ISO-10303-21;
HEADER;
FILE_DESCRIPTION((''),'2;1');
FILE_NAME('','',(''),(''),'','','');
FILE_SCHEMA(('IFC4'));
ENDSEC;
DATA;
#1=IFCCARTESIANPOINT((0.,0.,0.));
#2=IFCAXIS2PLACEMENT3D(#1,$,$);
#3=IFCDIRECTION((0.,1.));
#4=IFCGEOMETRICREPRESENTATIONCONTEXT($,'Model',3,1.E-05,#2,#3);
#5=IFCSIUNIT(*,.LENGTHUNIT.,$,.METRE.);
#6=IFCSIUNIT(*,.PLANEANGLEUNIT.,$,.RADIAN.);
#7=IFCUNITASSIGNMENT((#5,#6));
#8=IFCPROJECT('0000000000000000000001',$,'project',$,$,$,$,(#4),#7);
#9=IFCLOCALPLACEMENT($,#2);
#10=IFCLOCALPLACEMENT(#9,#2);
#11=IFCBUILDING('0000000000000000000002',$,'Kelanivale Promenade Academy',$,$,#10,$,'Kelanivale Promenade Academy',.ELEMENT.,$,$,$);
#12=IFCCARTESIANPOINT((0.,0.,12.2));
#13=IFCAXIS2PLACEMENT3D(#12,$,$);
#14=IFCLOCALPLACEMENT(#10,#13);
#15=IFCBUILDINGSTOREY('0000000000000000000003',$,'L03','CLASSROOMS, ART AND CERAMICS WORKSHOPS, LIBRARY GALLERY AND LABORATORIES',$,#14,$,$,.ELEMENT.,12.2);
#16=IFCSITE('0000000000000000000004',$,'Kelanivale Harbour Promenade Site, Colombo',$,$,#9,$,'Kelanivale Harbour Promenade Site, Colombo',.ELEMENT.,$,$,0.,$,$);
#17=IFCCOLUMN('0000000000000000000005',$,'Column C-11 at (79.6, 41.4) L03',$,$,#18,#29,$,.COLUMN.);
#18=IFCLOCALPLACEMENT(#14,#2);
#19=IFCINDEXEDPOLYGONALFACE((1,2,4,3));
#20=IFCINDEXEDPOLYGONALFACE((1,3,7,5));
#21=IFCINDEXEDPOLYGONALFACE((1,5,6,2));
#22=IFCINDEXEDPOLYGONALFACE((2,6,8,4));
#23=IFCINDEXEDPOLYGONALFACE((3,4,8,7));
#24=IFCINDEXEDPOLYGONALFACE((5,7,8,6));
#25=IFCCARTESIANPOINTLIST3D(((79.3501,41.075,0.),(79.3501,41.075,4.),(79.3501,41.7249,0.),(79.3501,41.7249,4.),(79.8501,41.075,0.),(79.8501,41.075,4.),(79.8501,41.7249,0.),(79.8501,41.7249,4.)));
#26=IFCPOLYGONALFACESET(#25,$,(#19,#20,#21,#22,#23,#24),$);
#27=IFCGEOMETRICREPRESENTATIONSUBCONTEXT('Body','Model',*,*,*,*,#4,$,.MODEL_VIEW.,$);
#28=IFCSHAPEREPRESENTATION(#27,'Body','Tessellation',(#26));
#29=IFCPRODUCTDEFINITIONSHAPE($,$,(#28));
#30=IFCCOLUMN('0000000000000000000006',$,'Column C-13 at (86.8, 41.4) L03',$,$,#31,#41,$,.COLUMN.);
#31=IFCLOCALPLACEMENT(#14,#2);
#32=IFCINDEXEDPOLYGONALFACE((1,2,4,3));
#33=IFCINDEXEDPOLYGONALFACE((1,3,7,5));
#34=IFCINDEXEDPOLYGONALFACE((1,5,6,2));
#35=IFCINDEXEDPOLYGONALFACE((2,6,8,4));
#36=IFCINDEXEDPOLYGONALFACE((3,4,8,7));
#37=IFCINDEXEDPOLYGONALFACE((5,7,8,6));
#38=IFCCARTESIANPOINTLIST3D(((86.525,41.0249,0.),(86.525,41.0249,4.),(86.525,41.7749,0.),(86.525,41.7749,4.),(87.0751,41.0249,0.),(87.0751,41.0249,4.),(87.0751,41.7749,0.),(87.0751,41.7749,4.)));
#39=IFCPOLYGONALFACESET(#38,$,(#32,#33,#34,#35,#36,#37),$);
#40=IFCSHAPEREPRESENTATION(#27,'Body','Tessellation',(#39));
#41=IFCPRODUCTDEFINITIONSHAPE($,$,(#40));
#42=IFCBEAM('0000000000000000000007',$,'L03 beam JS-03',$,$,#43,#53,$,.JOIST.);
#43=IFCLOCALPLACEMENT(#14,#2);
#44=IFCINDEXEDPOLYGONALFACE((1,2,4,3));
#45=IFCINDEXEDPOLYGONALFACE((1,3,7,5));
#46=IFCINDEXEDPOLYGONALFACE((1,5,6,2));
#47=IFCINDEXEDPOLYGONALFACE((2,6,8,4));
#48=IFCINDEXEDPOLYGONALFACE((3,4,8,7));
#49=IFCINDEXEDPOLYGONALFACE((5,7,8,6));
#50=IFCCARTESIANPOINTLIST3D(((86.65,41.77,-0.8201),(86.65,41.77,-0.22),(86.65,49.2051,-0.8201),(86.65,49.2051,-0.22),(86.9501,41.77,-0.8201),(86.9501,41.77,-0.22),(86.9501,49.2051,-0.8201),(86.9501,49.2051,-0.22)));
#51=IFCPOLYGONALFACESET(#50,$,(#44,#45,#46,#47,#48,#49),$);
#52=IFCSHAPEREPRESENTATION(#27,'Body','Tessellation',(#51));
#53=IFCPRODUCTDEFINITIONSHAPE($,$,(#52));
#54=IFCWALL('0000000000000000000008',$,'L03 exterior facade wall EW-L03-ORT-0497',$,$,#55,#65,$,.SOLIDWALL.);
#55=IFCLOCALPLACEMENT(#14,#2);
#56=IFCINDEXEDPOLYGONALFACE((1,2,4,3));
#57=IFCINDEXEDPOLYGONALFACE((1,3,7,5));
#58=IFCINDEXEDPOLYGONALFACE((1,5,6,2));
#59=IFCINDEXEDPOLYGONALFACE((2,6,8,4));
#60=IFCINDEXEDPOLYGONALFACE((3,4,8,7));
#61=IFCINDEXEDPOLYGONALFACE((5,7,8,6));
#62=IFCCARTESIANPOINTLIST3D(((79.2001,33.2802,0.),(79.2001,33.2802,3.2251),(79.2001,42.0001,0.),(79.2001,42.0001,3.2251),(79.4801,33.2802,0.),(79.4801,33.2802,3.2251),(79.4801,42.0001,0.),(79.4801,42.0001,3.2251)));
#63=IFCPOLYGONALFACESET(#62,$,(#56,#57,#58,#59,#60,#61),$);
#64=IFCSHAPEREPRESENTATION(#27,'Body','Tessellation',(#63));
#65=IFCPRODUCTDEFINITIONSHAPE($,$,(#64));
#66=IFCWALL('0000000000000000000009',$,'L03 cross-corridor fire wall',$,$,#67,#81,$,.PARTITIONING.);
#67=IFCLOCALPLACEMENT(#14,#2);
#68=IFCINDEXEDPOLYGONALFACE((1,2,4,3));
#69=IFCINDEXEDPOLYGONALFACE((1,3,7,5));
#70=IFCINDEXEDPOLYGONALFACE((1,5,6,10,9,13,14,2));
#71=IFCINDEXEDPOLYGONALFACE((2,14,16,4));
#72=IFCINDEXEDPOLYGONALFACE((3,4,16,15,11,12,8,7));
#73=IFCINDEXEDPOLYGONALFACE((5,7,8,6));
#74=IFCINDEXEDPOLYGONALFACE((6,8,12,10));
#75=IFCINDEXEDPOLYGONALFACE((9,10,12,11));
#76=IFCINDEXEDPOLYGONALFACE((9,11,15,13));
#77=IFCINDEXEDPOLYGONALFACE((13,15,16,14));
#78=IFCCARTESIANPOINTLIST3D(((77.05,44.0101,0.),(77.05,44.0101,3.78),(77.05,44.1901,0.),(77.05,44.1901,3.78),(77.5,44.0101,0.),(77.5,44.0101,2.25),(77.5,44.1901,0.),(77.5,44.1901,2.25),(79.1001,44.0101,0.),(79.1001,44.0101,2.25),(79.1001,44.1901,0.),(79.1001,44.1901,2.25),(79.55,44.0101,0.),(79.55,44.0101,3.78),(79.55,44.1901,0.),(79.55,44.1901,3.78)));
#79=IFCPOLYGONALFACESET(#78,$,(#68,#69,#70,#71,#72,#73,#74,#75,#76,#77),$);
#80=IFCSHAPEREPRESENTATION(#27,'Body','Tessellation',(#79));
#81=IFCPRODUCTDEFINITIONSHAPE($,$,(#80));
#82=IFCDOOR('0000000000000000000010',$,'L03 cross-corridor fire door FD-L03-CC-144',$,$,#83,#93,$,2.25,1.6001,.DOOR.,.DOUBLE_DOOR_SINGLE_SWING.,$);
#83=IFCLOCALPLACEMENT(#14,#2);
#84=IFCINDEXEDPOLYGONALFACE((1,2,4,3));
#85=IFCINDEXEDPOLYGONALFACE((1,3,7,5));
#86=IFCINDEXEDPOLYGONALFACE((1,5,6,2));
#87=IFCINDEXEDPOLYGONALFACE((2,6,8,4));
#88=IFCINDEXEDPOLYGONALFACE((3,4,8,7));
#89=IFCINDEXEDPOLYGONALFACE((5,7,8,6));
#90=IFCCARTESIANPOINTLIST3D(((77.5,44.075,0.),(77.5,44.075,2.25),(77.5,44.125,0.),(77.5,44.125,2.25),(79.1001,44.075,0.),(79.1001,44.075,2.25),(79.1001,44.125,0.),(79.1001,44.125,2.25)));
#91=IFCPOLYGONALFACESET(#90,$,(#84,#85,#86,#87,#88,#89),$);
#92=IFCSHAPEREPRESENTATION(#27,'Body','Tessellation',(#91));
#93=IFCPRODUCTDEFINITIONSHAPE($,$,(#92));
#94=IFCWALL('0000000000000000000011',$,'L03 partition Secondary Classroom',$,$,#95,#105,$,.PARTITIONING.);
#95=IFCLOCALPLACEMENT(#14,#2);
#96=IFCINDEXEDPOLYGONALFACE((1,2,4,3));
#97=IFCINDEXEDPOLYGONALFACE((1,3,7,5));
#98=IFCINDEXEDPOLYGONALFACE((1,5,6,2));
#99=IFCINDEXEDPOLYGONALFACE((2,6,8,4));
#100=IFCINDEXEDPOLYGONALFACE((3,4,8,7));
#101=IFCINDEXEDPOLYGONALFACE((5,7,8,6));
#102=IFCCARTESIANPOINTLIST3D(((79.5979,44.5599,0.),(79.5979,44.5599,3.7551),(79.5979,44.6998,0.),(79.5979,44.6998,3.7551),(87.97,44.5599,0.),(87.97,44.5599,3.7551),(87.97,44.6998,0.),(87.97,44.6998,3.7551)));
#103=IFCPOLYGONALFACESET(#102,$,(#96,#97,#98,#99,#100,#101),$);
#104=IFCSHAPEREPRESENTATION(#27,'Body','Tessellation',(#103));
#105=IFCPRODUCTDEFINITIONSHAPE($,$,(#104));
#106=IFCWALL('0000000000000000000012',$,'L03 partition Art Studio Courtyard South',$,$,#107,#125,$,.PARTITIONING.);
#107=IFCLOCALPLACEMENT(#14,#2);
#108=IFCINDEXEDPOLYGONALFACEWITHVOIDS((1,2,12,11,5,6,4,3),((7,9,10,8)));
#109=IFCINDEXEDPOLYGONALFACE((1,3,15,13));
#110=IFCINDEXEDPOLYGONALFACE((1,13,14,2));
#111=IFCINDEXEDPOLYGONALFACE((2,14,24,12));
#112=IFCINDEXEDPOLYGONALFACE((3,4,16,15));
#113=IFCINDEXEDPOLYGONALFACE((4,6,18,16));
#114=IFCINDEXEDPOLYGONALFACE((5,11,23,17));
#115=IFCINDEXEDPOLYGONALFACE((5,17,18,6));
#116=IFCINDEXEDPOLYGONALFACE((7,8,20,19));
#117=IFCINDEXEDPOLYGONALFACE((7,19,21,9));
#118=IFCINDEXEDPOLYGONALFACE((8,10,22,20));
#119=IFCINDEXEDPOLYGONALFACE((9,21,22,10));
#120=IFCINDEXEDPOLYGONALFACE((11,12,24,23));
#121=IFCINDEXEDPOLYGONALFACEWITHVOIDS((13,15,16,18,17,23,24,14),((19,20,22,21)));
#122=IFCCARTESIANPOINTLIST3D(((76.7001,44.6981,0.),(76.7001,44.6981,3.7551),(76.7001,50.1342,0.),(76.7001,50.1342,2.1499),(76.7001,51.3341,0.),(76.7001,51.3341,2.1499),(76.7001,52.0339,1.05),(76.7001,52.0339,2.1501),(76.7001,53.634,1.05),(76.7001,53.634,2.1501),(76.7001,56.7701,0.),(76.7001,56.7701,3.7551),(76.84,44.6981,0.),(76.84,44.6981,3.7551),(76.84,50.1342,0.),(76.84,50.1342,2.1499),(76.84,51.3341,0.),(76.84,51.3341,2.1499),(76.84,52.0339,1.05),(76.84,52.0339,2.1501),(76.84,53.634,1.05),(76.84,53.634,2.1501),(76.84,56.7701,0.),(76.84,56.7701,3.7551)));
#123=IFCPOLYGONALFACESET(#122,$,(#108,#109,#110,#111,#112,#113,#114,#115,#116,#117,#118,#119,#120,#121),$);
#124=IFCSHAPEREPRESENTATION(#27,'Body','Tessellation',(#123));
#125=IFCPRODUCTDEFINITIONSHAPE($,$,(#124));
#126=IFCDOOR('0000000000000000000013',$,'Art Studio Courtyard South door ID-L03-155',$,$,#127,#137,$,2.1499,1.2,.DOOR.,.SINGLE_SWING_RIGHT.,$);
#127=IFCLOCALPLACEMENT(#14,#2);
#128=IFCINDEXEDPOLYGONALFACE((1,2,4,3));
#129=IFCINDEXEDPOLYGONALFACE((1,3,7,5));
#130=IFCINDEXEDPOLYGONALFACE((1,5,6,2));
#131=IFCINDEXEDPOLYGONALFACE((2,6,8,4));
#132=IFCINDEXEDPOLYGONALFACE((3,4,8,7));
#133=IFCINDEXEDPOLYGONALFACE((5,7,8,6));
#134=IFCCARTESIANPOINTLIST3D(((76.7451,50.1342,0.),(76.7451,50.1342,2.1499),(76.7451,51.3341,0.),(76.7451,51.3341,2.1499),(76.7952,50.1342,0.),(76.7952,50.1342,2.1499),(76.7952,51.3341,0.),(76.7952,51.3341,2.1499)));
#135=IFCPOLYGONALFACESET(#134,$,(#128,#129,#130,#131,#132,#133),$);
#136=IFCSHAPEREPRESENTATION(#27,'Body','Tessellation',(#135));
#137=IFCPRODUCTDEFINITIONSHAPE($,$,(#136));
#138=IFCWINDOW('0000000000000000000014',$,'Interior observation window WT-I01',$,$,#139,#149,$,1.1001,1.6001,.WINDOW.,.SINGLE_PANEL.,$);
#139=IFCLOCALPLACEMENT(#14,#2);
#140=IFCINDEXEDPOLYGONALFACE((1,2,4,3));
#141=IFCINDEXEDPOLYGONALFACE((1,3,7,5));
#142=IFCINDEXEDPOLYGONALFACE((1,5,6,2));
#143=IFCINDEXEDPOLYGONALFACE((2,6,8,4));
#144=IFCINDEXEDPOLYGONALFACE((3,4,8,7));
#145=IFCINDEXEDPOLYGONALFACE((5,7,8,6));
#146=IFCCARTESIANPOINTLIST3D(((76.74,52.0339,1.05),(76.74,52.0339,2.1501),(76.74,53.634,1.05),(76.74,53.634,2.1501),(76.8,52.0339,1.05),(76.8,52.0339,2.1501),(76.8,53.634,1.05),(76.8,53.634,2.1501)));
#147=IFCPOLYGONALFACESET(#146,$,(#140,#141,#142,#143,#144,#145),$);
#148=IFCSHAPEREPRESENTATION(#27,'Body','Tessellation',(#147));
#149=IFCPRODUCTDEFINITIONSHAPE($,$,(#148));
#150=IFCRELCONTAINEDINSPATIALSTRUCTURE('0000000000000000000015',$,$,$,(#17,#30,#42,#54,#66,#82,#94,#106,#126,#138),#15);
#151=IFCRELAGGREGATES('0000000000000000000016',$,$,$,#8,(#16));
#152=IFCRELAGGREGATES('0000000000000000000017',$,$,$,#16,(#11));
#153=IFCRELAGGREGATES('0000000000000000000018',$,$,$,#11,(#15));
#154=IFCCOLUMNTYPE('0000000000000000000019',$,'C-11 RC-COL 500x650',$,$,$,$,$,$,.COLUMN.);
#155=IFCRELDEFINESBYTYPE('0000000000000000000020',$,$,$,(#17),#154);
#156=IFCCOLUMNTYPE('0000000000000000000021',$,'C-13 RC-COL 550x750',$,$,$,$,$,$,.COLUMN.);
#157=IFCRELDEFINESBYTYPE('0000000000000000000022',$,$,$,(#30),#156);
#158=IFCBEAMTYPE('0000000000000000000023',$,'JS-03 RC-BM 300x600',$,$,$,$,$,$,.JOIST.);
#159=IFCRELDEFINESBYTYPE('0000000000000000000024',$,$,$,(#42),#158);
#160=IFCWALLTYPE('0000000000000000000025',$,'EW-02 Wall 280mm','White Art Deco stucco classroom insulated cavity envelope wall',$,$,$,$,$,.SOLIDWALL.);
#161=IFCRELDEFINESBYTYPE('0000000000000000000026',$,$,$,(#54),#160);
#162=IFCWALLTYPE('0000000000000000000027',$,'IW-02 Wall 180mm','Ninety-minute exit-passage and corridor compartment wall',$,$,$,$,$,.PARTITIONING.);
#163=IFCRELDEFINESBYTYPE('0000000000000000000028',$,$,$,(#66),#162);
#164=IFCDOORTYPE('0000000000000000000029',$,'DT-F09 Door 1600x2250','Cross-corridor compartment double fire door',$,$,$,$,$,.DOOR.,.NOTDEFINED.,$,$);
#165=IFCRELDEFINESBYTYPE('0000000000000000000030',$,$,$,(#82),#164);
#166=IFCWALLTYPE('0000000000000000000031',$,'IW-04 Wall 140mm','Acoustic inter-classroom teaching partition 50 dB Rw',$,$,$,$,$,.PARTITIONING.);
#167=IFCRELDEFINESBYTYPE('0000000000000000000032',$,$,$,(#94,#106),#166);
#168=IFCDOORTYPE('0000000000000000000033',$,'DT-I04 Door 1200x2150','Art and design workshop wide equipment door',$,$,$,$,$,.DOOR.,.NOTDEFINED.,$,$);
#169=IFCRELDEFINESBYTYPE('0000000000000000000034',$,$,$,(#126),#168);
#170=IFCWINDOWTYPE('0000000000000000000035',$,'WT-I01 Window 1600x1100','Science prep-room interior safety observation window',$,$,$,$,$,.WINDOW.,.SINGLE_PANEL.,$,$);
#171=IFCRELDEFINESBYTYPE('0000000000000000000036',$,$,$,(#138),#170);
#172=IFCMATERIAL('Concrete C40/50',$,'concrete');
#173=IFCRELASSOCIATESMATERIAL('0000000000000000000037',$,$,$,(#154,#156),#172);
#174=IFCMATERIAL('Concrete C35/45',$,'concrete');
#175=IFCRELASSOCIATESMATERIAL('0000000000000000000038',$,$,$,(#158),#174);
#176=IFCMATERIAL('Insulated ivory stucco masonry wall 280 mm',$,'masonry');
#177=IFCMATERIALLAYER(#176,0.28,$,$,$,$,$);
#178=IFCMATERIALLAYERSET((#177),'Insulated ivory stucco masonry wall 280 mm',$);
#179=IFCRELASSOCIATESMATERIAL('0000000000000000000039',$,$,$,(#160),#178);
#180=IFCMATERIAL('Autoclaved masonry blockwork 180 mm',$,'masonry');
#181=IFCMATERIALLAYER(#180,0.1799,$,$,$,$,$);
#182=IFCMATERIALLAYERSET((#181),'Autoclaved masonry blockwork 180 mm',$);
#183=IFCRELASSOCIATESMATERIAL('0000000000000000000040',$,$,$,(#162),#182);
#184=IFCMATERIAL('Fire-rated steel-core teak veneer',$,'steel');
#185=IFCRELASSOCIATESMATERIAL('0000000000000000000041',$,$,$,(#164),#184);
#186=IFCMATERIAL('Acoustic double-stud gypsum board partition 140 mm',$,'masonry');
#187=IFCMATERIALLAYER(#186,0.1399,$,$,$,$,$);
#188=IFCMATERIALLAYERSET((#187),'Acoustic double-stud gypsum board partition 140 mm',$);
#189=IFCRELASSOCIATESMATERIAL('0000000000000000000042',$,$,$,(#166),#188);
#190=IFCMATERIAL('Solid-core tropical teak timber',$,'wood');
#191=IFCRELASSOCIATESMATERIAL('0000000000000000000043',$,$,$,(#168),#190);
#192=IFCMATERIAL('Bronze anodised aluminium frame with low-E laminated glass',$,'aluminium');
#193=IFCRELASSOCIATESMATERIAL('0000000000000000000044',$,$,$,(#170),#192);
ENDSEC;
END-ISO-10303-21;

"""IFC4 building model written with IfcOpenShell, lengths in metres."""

from ifc_helpers import new_model, si_unit, direction, frame, frame_2d, origin, origin_2d, place, context, subcontext, project, spatial, rectangle, extrude, material, layer, layer_set, material_profile, profile_set, type_object, element, fill, save


model = new_model("IFC4")

# Units and contexts
model_context = context("Model", 3, precision=1e-05, world=origin(), true_north=direction((0.0, 1.0)))
body_context = subcontext(model_context, "Body", "Model", "MODEL_VIEW")
ifc_project = project(units=[si_unit("LENGTHUNIT", "METRE"), si_unit("PLANEANGLEUNIT", "RADIAN")], contexts=[model_context])

# Site, building, storey
site_placement = place(None, origin())
site = spatial("IfcSite", under=ifc_project, at=site_placement, Name="Kelanivale Harbour Promenade Site, Colombo", LongName="Kelanivale Harbour Promenade Site, Colombo", CompositionType="ELEMENT", RefElevation=0.0)
building_placement = place(site_placement, origin())
building = spatial("IfcBuilding", under=site, at=building_placement, Name="Kelanivale Promenade Academy", LongName="Kelanivale Promenade Academy", CompositionType="ELEMENT")
storey_placement = place(building_placement, frame((0.0, 0.0, 12.2)))
storey = spatial("IfcBuildingStorey", under=building, at=storey_placement, Name="L03", Description="CLASSROOMS, ART AND CERAMICS WORKSHOPS, LIBRARY GALLERY AND LABORATORIES", CompositionType="ELEMENT", Elevation=12.2)

# Columns
ifc_material_1 = material(Name="Concrete C40/50", Category="concrete")
ifc_material_profile_1 = material_profile(ifc_material_1, rectangle(XDim=0.5, YDim=0.6499, at=origin_2d()), Name="RC-COL 500x650")
ifc_profile_set_1 = profile_set([ifc_material_profile_1], Name="Concrete C40/50")
column_type_1 = type_object("IfcColumnType", Name="C-11 RC-COL 500x650", PredefinedType="COLUMN", material=ifc_profile_set_1)
column_1_placement = place(storey_placement, frame((79.6001, 41.3999, 0.0), z_axis=(0.0, 0.0, 1.0), x_axis=(1.0, 0.0, 0.0)))
element("IfcColumn", 1, at=column_1_placement, inside=storey, type_object=column_type_1, Name="Column C-11 at (79.6, 41.4) L03", PredefinedType="COLUMN", context=body_context, shape_type="SweptSolid", body=[
    extrude(rectangle(XDim=0.5, YDim=0.6499, at=origin_2d()), origin(), (0.0, 0.0, 1.0), 4.0),
])
ifc_material_profile_2 = material_profile(ifc_material_1, rectangle(XDim=0.55, YDim=0.75, at=origin_2d()), Name="RC-COL 550x750")
ifc_profile_set_2 = profile_set([ifc_material_profile_2], Name="Concrete C40/50")
column_type_2 = type_object("IfcColumnType", Name="C-13 RC-COL 550x750", PredefinedType="COLUMN", material=ifc_profile_set_2)
column_2_placement = place(storey_placement, frame((86.8, 41.3999, 0.0), z_axis=(0.0, 0.0, 1.0), x_axis=(1.0, 0.0, 0.0)))
element("IfcColumn", 2, at=column_2_placement, inside=storey, type_object=column_type_2, Name="Column C-13 at (86.8, 41.4) L03", PredefinedType="COLUMN", context=body_context, shape_type="SweptSolid", body=[
    extrude(rectangle(XDim=0.55, YDim=0.75, at=origin_2d()), origin(), (0.0, 0.0, 1.0), 4.0),
])

# Beam
ifc_material_2 = material(Name="Concrete C35/45", Category="concrete")
ifc_material_profile_3 = material_profile(ifc_material_2, rectangle(XDim=0.3, YDim=0.6001, at=origin_2d()), Name="RC-BM 300x600")
ifc_profile_set_3 = profile_set([ifc_material_profile_3], Name="Concrete C35/45")
beam_type = type_object("IfcBeamType", Name="JS-03 RC-BM 300x600", PredefinedType="JOIST", material=ifc_profile_set_3)
beam_placement = place(storey_placement, frame((86.8, 41.77, -0.52), z_axis=(0.0, 1.0, 0.0), x_axis=(-1.0, 0.0, 0.0)))
element("IfcBeam", 3, at=beam_placement, inside=storey, type_object=beam_type, Name="L03 beam JS-03", PredefinedType="JOIST", context=body_context, shape_type="SweptSolid", body=[
    extrude(rectangle(XDim=0.3, YDim=0.6001, at=origin_2d()), origin(), (0.0, 0.0, 1.0), 7.4351),
])

# Shared definitions
ifc_material_3 = material(Name="Fire-rated steel-core teak veneer", Category="steel")

# Wall
ifc_material_4 = material(Name="Insulated ivory stucco masonry wall 280 mm", Category="masonry")
ifc_layer_1 = layer(ifc_material_4, 0.28)
ifc_layer_set_1 = layer_set([ifc_layer_1], Name="Insulated ivory stucco masonry wall 280 mm")
wall_type_1 = type_object("IfcWallType", Name="EW-02 Wall 280mm", Description="White Art Deco stucco classroom insulated cavity envelope wall", PredefinedType="SOLIDWALL", material=ifc_layer_set_1)
wall_1_placement = place(storey_placement, frame((79.3401, 42.0, 0.0), z_axis=(0.0, 0.0, 1.0), x_axis=(0.0, -1.0, 0.0)))
element("IfcWall", 4, at=wall_1_placement, inside=storey, type_object=wall_type_1, Name="L03 exterior facade wall EW-L03-ORT-0497", PredefinedType="SOLIDWALL", context=body_context, shape_type="SweptSolid", body=[
    extrude(rectangle(XDim=8.72, YDim=0.28, at=frame_2d((4.3599, 0.0))), origin(), (0.0, 0.0, 1.0), 3.2251),
])

# Wall, opening, door
ifc_material_5 = material(Name="Autoclaved masonry blockwork 180 mm", Category="masonry")
ifc_layer_2 = layer(ifc_material_5, 0.1799)
ifc_layer_set_2 = layer_set([ifc_layer_2], Name="Autoclaved masonry blockwork 180 mm")
wall_type_2 = type_object("IfcWallType", Name="IW-02 Wall 180mm", Description="Ninety-minute exit-passage and corridor compartment wall", PredefinedType="PARTITIONING", material=ifc_layer_set_2)
wall_2_placement = place(storey_placement, frame((77.05, 44.1001, 0.0), z_axis=(0.0, 0.0, 1.0), x_axis=(1.0, 0.0, 0.0)))
wall_2 = element("IfcWall", 5, at=wall_2_placement, inside=storey, type_object=wall_type_2, Name="L03 cross-corridor fire wall", PredefinedType="PARTITIONING", context=body_context, shape_type="SweptSolid", body=[
    extrude(rectangle(XDim=2.5, YDim=0.1799, at=frame_2d((1.25, 0.0))), origin(), (0.0, 0.0, 1.0), 3.78),
])
opening_1_placement = place(wall_2_placement, frame((0.45, 0.0, 0.0)))
opening_1 = element("IfcOpeningElement", 6, at=opening_1_placement, cuts=wall_2, PredefinedType="OPENING", context=body_context, shape_type="SweptSolid", body=[
    extrude(rectangle(XDim=1.6001, YDim=2.25, at=frame_2d((0.8, 1.125))), frame((0.0, 0.1001, 0.0), z_axis=(0.0, -1.0, 0.0), x_axis=(1.0, 0.0, 0.0)), (0.0, 0.0, 1.0), 0.2),
])
door_type_1 = type_object("IfcDoorType", Name="DT-F09 Door 1600x2250", Description="Cross-corridor compartment double fire door", OperationType="NOTDEFINED", PredefinedType="DOOR", material=ifc_material_3)
door_1_placement = place(opening_1_placement, origin())
door_1 = element("IfcDoor", 7, at=door_1_placement, inside=storey, type_object=door_type_1, Name="L03 cross-corridor fire door FD-L03-CC-144", OperationType="DOUBLE_DOOR_SINGLE_SWING", OverallHeight=2.25, OverallWidth=1.6001, PredefinedType="DOOR", context=body_context, shape_type="SweptSolid", body=[
    extrude(rectangle(XDim=1.6001, YDim=2.25, at=frame_2d((0.8, 1.125))), frame((0.0, 0.0249, 0.0), z_axis=(0.0, -1.0, 0.0), x_axis=(1.0, 0.0, 0.0)), (0.0, 0.0, 1.0), 0.05),
])
fill(opening_1, door_1)

# Wall
ifc_material_6 = material(Name="Acoustic double-stud gypsum board partition 140 mm", Category="masonry")
ifc_layer_3 = layer(ifc_material_6, 0.1399)
ifc_layer_set_3 = layer_set([ifc_layer_3], Name="Acoustic double-stud gypsum board partition 140 mm")
wall_type_3 = type_object("IfcWallType", Name="IW-04 Wall 140mm", Description="Acoustic inter-classroom teaching partition 50 dB Rw", PredefinedType="PARTITIONING", material=ifc_layer_set_3)
wall_3_placement = place(storey_placement, frame((79.5979, 44.6299, 0.0), z_axis=(0.0, 0.0, 1.0), x_axis=(1.0, 0.0, 0.0)))
element("IfcWall", 8, at=wall_3_placement, inside=storey, type_object=wall_type_3, Name="L03 partition Secondary Classroom", PredefinedType="PARTITIONING", context=body_context, shape_type="SweptSolid", body=[
    extrude(rectangle(XDim=8.3721, YDim=0.1399, at=frame_2d((4.186, 0.0))), origin(), (0.0, 0.0, 1.0), 3.7551),
])

# Wall, openings, door, window
wall_4_placement = place(storey_placement, frame((76.77, 44.698, 0.0), z_axis=(0.0, 0.0, 1.0), x_axis=(0.0, 1.0, 0.0)))
wall_4 = element("IfcWall", 9, at=wall_4_placement, inside=storey, type_object=wall_type_3, Name="L03 partition Art Studio Courtyard South", PredefinedType="PARTITIONING", context=body_context, shape_type="SweptSolid", body=[
    extrude(rectangle(XDim=12.072, YDim=0.1399, at=frame_2d((6.0361, 0.0))), origin(), (0.0, 0.0, 1.0), 3.7551),
])
opening_2_placement = place(wall_4_placement, frame((5.436, 0.0, 0.0)))
opening_2 = element("IfcOpeningElement", 10, at=opening_2_placement, cuts=wall_4, PredefinedType="OPENING", context=body_context, shape_type="SweptSolid", body=[
    extrude(rectangle(XDim=1.2, YDim=2.1499, at=frame_2d((0.6001, 1.075))), frame((0.0, 0.0801, 0.0), z_axis=(0.0, -1.0, 0.0), x_axis=(1.0, 0.0, 0.0)), (0.0, 0.0, 1.0), 0.1599),
])
opening_3_placement = place(wall_4_placement, frame((7.3359, 0.0, 1.05)))
opening_3 = element("IfcOpeningElement", 11, at=opening_3_placement, cuts=wall_4, PredefinedType="OPENING", context=body_context, shape_type="SweptSolid", body=[
    extrude(rectangle(XDim=1.6001, YDim=1.1001, at=frame_2d((0.8, 0.55))), frame((0.0, 0.0801, 0.0), z_axis=(0.0, -1.0, 0.0), x_axis=(1.0, 0.0, 0.0)), (0.0, 0.0, 1.0), 0.1599),
])
ifc_material_7 = material(Name="Solid-core tropical teak timber", Category="wood")
door_type_2 = type_object("IfcDoorType", Name="DT-I04 Door 1200x2150", Description="Art and design workshop wide equipment door", OperationType="NOTDEFINED", PredefinedType="DOOR", material=ifc_material_7)
door_2_placement = place(opening_2_placement, origin())
door_2 = element("IfcDoor", 12, at=door_2_placement, inside=storey, type_object=door_type_2, Name="Art Studio Courtyard South door ID-L03-155", OperationType="SINGLE_SWING_RIGHT", OverallHeight=2.1499, OverallWidth=1.2, PredefinedType="DOOR", context=body_context, shape_type="SweptSolid", body=[
    extrude(rectangle(XDim=1.2, YDim=2.1499, at=frame_2d((0.6001, 1.075))), frame((0.0, 0.0249, 0.0), z_axis=(0.0, -1.0, 0.0), x_axis=(1.0, 0.0, 0.0)), (0.0, 0.0, 1.0), 0.05),
])
fill(opening_2, door_2)
ifc_material_8 = material(Name="Bronze anodised aluminium frame with low-E laminated glass", Category="aluminium")
window_type = type_object("IfcWindowType", Name="WT-I01 Window 1600x1100", Description="Science prep-room interior safety observation window", PartitioningType="SINGLE_PANEL", PredefinedType="WINDOW", material=ifc_material_8)
window_placement = place(opening_3_placement, origin())
window = element("IfcWindow", 13, at=window_placement, inside=storey, type_object=window_type, Name="Interior observation window WT-I01", OverallHeight=1.1001, OverallWidth=1.6001, PartitioningType="SINGLE_PANEL", PredefinedType="WINDOW", context=body_context, shape_type="SweptSolid", body=[
    extrude(rectangle(XDim=1.6001, YDim=1.1001, at=frame_2d((0.8, 0.55))), frame((0.0, 0.03, 0.0), z_axis=(0.0, -1.0, 0.0), x_axis=(1.0, 0.0, 0.0)), (0.0, 0.0, 1.0), 0.0601),
])
fill(opening_3, window)

save(model, "model.ifc")
